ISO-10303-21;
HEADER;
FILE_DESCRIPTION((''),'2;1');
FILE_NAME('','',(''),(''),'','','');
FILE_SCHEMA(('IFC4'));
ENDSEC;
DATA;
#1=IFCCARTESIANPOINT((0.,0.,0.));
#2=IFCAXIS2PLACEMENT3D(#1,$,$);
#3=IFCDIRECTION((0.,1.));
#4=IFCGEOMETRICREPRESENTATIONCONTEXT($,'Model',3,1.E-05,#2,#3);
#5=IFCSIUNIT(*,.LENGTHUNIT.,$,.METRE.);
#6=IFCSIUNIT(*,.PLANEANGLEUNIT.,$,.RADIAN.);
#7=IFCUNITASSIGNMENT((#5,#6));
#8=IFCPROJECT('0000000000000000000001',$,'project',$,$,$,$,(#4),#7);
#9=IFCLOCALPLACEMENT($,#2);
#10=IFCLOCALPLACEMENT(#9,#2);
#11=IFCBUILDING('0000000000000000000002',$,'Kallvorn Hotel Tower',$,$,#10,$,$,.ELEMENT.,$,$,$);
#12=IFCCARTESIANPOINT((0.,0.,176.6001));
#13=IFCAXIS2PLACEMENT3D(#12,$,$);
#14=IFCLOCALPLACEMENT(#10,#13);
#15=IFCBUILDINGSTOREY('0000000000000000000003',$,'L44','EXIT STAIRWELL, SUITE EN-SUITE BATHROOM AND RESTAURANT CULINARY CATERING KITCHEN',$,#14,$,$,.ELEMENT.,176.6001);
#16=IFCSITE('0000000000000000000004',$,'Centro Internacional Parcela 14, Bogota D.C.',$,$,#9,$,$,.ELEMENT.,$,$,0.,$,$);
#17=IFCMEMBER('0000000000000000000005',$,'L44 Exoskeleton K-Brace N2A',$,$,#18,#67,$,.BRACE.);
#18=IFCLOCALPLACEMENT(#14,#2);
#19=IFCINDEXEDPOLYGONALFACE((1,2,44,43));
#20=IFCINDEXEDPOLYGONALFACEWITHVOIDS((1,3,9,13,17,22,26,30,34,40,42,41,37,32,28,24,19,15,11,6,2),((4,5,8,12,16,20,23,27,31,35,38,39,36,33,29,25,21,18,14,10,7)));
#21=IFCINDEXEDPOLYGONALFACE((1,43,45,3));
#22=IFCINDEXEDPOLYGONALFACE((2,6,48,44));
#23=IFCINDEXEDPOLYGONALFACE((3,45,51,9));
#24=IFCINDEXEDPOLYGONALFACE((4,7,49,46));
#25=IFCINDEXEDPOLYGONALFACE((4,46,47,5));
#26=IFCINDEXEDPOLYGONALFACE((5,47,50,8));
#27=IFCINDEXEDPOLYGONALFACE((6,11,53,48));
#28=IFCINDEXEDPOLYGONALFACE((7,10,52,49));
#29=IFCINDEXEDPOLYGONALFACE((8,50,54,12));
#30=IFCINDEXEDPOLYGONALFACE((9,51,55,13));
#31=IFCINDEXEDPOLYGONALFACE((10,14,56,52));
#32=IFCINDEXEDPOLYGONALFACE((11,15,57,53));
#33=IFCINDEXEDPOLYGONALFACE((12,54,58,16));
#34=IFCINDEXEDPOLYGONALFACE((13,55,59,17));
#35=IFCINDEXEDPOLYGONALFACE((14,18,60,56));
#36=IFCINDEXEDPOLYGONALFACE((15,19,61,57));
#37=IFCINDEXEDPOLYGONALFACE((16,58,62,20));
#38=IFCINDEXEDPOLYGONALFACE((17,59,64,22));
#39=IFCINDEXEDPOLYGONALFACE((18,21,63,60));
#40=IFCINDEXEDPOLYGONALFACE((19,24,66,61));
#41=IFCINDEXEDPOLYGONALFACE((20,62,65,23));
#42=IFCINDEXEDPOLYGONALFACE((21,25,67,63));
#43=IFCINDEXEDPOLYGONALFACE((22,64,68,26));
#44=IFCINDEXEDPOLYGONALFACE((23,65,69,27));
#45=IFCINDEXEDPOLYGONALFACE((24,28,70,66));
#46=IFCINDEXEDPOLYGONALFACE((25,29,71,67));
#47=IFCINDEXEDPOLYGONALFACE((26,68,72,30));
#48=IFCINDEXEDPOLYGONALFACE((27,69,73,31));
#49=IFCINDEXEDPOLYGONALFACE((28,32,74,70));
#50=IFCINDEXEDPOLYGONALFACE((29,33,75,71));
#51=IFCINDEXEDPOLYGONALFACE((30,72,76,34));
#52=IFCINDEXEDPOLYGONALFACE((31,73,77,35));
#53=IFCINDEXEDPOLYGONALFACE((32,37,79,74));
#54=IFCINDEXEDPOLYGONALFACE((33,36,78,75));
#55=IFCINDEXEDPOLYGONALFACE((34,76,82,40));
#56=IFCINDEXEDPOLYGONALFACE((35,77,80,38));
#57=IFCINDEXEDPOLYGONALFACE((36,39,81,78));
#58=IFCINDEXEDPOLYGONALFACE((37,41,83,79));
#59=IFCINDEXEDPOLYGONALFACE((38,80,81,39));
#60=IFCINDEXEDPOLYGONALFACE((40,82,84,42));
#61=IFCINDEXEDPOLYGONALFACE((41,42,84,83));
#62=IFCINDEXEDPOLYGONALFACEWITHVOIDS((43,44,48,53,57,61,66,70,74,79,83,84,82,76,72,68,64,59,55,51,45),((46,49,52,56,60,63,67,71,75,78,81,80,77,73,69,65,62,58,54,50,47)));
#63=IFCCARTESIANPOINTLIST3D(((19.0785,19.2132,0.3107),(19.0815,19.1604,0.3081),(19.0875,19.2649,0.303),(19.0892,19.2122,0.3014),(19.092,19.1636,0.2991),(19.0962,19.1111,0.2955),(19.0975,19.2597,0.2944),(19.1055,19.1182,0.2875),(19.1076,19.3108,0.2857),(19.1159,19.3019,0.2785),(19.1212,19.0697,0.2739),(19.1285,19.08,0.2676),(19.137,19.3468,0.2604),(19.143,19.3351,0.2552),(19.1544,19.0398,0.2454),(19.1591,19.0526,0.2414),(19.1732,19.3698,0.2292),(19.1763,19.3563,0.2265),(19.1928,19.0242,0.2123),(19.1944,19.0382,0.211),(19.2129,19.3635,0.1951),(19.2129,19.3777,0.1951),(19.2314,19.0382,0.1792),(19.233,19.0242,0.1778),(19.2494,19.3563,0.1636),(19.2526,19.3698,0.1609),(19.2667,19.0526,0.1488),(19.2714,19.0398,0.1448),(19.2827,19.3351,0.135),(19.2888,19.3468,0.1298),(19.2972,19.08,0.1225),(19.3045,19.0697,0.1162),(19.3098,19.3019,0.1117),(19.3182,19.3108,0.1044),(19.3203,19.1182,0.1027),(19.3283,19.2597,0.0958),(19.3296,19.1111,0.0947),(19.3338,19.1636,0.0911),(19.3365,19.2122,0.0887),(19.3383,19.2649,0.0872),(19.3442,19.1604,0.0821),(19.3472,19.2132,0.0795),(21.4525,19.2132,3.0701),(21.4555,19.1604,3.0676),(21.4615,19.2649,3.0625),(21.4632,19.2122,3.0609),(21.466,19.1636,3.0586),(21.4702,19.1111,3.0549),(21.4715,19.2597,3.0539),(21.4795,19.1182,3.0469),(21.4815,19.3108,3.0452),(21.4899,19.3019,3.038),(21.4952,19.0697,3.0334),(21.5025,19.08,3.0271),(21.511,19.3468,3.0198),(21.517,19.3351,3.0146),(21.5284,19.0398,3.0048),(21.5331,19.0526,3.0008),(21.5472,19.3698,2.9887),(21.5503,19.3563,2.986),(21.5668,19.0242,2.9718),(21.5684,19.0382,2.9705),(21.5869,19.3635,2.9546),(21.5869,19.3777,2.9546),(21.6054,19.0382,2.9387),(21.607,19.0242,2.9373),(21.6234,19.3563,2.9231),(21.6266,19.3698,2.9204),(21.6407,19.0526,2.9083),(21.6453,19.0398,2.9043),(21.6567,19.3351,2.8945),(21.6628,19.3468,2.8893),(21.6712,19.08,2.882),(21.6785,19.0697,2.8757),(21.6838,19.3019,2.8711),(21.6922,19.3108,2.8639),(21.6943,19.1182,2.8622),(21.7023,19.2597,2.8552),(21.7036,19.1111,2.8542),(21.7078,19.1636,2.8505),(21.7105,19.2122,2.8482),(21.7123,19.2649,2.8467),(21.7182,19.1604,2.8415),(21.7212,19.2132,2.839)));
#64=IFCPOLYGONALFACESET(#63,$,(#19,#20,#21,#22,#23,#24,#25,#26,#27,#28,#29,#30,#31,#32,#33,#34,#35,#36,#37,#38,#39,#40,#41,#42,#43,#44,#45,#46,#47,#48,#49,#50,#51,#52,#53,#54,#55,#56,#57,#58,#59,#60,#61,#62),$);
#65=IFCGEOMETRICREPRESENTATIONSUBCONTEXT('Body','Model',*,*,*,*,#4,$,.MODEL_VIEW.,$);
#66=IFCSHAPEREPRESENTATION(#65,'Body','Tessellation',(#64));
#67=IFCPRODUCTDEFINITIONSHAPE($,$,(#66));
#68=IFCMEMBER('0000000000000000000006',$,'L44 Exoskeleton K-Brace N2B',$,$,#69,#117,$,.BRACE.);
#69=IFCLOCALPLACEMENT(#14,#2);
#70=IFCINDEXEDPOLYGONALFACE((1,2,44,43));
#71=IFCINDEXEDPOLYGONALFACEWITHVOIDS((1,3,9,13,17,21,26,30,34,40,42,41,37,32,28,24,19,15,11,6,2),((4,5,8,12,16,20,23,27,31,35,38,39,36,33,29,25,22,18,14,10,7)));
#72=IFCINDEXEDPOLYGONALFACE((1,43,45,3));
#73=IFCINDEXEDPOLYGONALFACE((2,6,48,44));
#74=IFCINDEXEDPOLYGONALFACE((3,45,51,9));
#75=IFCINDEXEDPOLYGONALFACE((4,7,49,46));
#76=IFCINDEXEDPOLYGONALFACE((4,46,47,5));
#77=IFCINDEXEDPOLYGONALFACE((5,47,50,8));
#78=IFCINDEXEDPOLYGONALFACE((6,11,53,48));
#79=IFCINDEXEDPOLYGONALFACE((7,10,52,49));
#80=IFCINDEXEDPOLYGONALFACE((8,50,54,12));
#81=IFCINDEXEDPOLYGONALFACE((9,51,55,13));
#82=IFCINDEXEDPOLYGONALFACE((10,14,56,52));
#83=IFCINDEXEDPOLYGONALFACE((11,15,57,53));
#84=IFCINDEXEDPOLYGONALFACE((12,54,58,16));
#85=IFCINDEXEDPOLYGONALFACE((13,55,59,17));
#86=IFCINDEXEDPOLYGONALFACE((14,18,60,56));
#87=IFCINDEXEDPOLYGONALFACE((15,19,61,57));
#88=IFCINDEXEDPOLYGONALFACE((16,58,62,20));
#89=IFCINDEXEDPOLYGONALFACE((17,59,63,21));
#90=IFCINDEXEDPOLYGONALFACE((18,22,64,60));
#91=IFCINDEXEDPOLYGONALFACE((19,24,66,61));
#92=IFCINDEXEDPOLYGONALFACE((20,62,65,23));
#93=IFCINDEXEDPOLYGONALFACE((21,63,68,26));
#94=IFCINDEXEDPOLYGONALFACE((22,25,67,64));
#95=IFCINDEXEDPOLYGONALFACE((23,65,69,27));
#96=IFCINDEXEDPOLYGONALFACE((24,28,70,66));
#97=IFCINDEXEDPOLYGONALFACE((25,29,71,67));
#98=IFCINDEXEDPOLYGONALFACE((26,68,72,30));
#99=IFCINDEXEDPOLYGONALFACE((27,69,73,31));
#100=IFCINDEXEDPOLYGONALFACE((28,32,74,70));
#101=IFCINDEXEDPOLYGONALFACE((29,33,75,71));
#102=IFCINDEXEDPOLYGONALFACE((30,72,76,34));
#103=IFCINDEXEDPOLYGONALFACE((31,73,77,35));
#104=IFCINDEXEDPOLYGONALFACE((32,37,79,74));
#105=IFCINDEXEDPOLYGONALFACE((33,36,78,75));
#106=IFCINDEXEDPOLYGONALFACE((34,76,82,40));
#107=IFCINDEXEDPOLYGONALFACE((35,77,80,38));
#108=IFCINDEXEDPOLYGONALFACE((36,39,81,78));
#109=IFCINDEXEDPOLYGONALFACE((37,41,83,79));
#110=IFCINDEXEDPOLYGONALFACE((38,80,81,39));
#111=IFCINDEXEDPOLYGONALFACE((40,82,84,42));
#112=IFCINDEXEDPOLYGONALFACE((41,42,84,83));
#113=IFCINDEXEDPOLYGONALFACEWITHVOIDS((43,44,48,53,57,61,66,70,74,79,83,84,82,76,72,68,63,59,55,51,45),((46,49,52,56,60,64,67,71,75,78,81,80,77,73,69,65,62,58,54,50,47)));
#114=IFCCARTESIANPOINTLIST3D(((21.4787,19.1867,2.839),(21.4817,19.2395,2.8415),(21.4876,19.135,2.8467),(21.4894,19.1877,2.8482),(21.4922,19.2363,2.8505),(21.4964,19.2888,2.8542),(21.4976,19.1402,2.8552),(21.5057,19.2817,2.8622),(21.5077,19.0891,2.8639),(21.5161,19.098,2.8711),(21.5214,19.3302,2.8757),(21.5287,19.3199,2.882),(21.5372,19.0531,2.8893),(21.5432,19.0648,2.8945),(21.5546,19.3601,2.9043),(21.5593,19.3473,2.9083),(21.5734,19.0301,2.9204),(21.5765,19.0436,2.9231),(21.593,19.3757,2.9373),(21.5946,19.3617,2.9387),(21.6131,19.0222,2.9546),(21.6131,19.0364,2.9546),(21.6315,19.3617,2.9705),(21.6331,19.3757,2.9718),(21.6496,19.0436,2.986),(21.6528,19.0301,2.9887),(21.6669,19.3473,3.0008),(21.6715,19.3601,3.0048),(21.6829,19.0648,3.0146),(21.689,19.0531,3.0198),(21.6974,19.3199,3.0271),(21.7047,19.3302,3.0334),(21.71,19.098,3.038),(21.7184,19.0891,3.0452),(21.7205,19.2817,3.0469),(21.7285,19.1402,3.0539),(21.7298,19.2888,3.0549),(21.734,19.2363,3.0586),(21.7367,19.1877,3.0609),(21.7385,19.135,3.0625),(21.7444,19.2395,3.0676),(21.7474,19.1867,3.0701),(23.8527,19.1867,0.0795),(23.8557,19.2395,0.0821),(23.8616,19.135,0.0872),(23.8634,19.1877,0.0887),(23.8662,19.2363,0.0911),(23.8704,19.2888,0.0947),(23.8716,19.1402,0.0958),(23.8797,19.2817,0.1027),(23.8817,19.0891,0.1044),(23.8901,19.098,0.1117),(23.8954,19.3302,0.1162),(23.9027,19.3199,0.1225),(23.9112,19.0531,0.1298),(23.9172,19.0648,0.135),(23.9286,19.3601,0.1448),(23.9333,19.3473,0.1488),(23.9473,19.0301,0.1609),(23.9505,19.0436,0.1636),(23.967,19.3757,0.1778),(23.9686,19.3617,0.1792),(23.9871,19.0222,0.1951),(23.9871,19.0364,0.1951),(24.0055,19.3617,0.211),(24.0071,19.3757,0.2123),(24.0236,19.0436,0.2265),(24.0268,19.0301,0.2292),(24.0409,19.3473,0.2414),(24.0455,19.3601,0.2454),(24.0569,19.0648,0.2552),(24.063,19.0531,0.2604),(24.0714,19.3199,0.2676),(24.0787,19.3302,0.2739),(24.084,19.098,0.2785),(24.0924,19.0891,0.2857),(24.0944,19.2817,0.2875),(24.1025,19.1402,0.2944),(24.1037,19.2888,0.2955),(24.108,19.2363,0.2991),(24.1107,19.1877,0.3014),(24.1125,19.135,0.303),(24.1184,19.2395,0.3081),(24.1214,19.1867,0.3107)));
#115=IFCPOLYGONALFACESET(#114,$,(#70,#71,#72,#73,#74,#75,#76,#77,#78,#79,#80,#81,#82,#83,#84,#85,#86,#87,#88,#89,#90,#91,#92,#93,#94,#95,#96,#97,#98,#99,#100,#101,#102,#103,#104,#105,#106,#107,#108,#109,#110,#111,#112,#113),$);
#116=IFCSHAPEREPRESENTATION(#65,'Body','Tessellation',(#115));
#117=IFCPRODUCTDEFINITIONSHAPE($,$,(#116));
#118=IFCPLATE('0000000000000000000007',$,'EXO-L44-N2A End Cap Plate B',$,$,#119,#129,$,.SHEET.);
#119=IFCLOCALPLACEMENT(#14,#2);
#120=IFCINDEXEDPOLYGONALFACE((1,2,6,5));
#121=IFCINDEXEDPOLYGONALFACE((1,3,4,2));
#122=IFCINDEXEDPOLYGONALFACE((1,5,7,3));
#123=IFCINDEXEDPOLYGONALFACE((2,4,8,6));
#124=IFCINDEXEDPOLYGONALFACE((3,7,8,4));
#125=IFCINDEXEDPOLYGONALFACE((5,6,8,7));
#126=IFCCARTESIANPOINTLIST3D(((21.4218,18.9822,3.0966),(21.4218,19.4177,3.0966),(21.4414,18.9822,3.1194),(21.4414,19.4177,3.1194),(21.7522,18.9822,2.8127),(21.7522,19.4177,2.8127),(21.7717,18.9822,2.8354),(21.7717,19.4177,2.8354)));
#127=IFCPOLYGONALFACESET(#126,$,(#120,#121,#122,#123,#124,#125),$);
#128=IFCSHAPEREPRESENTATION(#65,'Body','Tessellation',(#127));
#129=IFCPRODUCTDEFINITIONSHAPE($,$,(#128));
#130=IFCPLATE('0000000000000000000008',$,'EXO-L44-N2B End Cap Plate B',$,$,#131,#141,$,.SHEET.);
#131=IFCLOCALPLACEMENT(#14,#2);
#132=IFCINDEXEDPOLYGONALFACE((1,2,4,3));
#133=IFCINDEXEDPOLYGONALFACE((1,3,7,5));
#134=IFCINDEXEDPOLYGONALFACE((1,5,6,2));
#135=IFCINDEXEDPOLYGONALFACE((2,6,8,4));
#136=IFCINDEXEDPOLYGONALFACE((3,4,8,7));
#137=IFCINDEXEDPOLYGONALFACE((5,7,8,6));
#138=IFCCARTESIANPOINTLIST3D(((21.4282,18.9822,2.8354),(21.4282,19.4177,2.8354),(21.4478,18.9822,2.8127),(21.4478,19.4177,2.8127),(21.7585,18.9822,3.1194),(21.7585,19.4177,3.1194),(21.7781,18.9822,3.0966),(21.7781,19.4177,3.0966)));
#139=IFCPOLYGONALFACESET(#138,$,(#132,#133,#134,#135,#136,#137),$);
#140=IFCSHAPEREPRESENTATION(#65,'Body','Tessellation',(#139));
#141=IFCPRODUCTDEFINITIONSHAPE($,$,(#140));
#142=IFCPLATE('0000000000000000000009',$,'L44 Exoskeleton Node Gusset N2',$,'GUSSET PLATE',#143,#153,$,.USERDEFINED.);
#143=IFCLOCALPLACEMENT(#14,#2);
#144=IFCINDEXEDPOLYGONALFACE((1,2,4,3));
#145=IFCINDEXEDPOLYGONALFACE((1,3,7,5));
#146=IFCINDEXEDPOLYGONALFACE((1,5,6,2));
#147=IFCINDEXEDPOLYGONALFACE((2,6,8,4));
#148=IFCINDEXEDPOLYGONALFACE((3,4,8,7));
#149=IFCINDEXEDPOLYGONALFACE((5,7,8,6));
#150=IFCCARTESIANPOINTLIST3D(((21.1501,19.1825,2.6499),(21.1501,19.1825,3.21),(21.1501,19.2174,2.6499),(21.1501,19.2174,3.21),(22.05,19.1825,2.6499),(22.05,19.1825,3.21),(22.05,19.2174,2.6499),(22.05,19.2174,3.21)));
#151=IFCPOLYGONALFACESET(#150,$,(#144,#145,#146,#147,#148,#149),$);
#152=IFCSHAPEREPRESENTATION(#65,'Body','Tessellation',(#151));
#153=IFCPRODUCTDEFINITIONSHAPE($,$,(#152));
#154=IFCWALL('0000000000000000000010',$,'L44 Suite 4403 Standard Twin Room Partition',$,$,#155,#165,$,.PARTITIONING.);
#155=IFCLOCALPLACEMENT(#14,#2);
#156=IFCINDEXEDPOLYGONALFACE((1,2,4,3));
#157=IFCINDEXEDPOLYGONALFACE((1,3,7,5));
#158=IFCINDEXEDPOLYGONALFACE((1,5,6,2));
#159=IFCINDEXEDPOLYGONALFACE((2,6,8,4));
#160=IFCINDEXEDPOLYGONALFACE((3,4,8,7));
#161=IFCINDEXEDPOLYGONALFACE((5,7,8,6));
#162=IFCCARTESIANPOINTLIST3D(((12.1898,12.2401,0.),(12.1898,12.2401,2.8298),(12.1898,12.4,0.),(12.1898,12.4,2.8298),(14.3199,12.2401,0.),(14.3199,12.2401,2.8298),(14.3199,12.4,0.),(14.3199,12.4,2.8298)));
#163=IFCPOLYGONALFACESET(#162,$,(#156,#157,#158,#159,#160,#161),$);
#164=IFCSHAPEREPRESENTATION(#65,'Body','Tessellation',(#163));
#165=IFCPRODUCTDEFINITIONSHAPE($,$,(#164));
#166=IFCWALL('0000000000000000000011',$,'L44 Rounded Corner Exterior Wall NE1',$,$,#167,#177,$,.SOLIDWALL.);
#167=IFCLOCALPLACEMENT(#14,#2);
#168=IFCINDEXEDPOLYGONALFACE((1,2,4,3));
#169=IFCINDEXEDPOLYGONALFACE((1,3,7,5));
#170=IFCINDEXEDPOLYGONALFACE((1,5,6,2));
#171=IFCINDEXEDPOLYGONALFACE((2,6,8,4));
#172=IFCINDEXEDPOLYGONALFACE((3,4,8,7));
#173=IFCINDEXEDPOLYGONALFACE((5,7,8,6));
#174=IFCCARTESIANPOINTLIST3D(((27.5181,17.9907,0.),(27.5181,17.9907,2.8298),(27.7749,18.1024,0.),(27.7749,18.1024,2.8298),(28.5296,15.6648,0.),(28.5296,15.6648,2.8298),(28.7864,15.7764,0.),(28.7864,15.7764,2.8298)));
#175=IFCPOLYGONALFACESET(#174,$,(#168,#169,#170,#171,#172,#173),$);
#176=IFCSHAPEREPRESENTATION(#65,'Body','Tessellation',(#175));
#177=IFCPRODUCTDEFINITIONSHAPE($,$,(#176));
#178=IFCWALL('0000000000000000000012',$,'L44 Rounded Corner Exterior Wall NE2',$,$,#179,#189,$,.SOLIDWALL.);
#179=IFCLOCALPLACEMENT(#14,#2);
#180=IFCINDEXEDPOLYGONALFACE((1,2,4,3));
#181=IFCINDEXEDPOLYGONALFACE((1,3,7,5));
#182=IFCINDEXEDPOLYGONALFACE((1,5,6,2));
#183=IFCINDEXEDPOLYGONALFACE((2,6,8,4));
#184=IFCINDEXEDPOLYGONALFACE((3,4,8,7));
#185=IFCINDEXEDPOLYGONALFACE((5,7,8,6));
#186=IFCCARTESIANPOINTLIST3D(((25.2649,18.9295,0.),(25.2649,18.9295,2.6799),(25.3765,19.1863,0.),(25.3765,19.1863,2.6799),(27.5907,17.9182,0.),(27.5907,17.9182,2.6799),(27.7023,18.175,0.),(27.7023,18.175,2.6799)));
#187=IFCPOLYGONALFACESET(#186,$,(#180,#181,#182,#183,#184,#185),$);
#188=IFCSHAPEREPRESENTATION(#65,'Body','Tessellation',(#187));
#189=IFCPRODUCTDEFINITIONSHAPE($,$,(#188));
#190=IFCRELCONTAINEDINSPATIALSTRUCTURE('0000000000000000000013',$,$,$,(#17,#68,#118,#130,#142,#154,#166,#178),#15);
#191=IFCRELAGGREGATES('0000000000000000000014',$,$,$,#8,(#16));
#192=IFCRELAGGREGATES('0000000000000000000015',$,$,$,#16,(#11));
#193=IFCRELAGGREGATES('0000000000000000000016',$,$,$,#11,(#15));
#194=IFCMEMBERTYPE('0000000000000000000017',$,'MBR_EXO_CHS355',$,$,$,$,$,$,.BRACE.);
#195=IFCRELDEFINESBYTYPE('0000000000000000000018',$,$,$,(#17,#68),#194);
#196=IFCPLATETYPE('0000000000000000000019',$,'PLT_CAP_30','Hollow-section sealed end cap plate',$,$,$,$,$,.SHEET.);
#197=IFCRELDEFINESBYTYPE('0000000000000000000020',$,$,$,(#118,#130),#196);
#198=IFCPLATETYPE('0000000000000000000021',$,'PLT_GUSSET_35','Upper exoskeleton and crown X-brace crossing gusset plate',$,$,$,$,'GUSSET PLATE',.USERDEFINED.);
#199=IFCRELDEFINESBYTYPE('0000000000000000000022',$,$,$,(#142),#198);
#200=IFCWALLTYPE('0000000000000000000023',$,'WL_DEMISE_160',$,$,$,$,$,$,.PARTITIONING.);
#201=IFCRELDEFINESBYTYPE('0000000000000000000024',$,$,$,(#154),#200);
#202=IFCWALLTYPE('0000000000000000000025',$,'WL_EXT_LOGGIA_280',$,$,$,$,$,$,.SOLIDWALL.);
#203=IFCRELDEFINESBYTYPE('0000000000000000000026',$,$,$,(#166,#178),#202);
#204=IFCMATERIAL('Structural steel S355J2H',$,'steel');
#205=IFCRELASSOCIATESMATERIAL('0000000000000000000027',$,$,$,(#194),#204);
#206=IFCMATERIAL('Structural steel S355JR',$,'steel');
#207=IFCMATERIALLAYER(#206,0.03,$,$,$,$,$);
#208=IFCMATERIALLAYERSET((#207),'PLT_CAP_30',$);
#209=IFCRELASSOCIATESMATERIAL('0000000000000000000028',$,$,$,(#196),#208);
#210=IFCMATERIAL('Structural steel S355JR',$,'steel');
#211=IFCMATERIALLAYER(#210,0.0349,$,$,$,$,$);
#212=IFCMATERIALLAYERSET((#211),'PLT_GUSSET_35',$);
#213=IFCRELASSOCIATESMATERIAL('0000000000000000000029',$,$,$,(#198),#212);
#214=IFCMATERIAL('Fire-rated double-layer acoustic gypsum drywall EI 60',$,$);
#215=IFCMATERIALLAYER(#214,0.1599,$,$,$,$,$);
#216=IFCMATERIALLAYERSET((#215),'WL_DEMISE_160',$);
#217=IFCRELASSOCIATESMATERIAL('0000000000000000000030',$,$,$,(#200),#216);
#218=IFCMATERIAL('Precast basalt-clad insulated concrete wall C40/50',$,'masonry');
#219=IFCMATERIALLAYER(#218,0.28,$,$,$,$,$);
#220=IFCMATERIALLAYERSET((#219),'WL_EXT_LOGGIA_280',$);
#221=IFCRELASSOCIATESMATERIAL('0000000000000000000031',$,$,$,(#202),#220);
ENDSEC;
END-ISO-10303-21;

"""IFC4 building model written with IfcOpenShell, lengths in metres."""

from ifc_helpers import new_model, si_unit, direction, frame, frame_2d, origin, origin_2d, place, context, subcontext, project, spatial, polyline, rectangle, hollow_circle, outline, extrude, material, layer, layer_set, material_profile, profile_set, type_object, element, save


model = new_model("IFC4")

# Units and contexts
model_context = context("Model", 3, precision=1e-05, world=origin(), true_north=direction((0.0, 1.0)))
body_context = subcontext(model_context, "Body", "Model", "MODEL_VIEW")
ifc_project = project(units=[si_unit("LENGTHUNIT", "METRE"), si_unit("PLANEANGLEUNIT", "RADIAN")], contexts=[model_context])

# Site, building, storey
site_placement = place(None, origin())
site = spatial("IfcSite", under=ifc_project, at=site_placement, Name="Centro Internacional Parcela 14, Bogota D.C.", CompositionType="ELEMENT", RefElevation=0.0)
building_placement = place(site_placement, origin())
building = spatial("IfcBuilding", under=site, at=building_placement, Name="Kallvorn Hotel Tower", CompositionType="ELEMENT")
storey_placement = place(building_placement, frame((0.0, 0.0, 176.6001)))
storey = spatial("IfcBuildingStorey", under=building, at=storey_placement, Name="L44", Description="EXIT STAIRWELL, SUITE EN-SUITE BATHROOM AND RESTAURANT CULINARY CATERING KITCHEN", CompositionType="ELEMENT", Elevation=176.6001)

# Members
ifc_material_1 = material(Name="Structural steel S355J2H", Category="steel")
ifc_material_profile_1 = material_profile(ifc_material_1, hollow_circle(Radius=0.1777, WallThickness=0.0142, at=origin_2d()), Name="CHS 355.6x14.2")
ifc_profile_set_1 = profile_set([ifc_material_profile_1], Name="Structural steel S355J2H")
member_type_1 = type_object("IfcMemberType", Name="MBR_EXO_CHS355", PredefinedType="BRACE", material=ifc_profile_set_1)
for number, where, z_axis, x_axis, name in (
    (1, (19.2129, 19.2, 0.1951), (0.652171, 0.0, 0.758072), (0.0, 1.0, 0.0), "L44 Exoskeleton K-Brace N2A"),
    (2, (23.9871, 19.2, 0.1951), (-0.652171, 0.0, 0.758072), (0.0, -1.0, 0.0), "L44 Exoskeleton K-Brace N2B"),
):
    element("IfcMember", number, at=place(storey_placement, frame(where, z_axis=z_axis, x_axis=x_axis)), inside=storey, type_object=member_type_1, Name=name, PredefinedType="BRACE", context=body_context, shape_type="SweptSolid", body=[
        extrude(hollow_circle(Radius=0.1777, WallThickness=0.0142, at=origin_2d()), origin(), (0.0, 0.0, 1.0), 3.6401),
    ])

# Plates
ifc_material_2 = material(Name="Structural steel S355JR", Category="steel")
ifc_layer_1 = layer(ifc_material_2, 0.03)
ifc_layer_set_1 = layer_set([ifc_layer_1], Name="PLT_CAP_30")
plate_type_1 = type_object("IfcPlateType", Name="PLT_CAP_30", Description="Hollow-section sealed end cap plate", PredefinedType="SHEET", material=ifc_layer_set_1)
for number, where, z_axis, x_axis, name in (
    (3, (21.7717, 18.9822, 2.8354), (0.651852, 0.0, 0.758346), (0.0, 1.0, 0.0), "EXO-L44-N2A End Cap Plate B"),
    (4, (21.4282, 19.4177, 2.8354), (-0.651852, 0.0, 0.758346), (0.0, -1.0, 0.0), "EXO-L44-N2B End Cap Plate B"),
):
    element("IfcPlate", number, at=place(storey_placement, frame(where, z_axis=z_axis, x_axis=x_axis)), inside=storey, type_object=plate_type_1, Name=name, PredefinedType="SHEET", context=body_context, shape_type="SweptSolid", body=[
        extrude(outline(polyline([(0.0, 0.0), (0.4355, 0.0), (0.4355, 0.4356), (0.0, 0.4356), (0.0, 0.0)])), origin(), (0.0, 0.0, -1.0), 0.03),
    ])
ifc_material_3 = material(Name="Structural steel S355JR", Category="steel")
ifc_layer_2 = layer(ifc_material_3, 0.0349)
ifc_layer_set_2 = layer_set([ifc_layer_2], Name="PLT_GUSSET_35")
plate_type_2 = type_object("IfcPlateType", Name="PLT_GUSSET_35", Description="Upper exoskeleton and crown X-brace crossing gusset plate", ElementType="GUSSET PLATE", PredefinedType="USERDEFINED", material=ifc_layer_set_2)
plate_placement = place(storey_placement, frame((21.6001, 19.2, 2.6499), z_axis=(0.0, 0.0, 1.0), x_axis=(1.0, 0.0, 0.0)))
element("IfcPlate", 5, at=plate_placement, inside=storey, type_object=plate_type_2, Name="L44 Exoskeleton Node Gusset N2", ObjectType="GUSSET PLATE", PredefinedType="USERDEFINED", context=body_context, shape_type="SweptSolid", body=[
    extrude(rectangle(XDim=0.8999, YDim=0.0349, at=origin_2d()), origin(), (0.0, 0.0, 1.0), 0.5601),
])

# Walls
ifc_material_4 = material(Name="Fire-rated double-layer acoustic gypsum drywall EI 60")
ifc_layer_3 = layer(ifc_material_4, 0.1599)
ifc_layer_set_3 = layer_set([ifc_layer_3], Name="WL_DEMISE_160")
wall_type_1 = type_object("IfcWallType", Name="WL_DEMISE_160", PredefinedType="PARTITIONING", material=ifc_layer_set_3)
wall_1_placement = place(storey_placement, frame((12.1899, 12.3201, 0.0), z_axis=(0.0, 0.0, 1.0), x_axis=(1.0, 0.0, 0.0)))
element("IfcWall", 6, at=wall_1_placement, inside=storey, type_object=wall_type_1, Name="L44 Suite 4403 Standard Twin Room Partition", PredefinedType="PARTITIONING", context=body_context, shape_type="SweptSolid", body=[
    extrude(rectangle(XDim=2.1301, YDim=0.1599, at=frame_2d((1.0649, 0.0))), origin(), (0.0, 0.0, 1.0), 2.8298),
])
ifc_material_5 = material(Name="Precast basalt-clad insulated concrete wall C40/50", Category="masonry")
ifc_layer_4 = layer(ifc_material_5, 0.28)
ifc_layer_set_4 = layer_set([ifc_layer_4], Name="WL_EXT_LOGGIA_280")
wall_type_2 = type_object("IfcWallType", Name="WL_EXT_LOGGIA_280", PredefinedType="SOLIDWALL", material=ifc_layer_set_4)
wall_2_placement = place(storey_placement, frame((28.658, 15.7207, 0.0), z_axis=(0.0, 0.0, 1.0), x_axis=(-0.398793, 0.917041, 0.0)))
element("IfcWall", 7, at=wall_2_placement, inside=storey, type_object=wall_type_2, Name="L44 Rounded Corner Exterior Wall NE1", PredefinedType="SOLIDWALL", context=body_context, shape_type="SweptSolid", body=[
    extrude(rectangle(XDim=2.5364, YDim=0.28, at=frame_2d((1.2681, 0.0))), origin(), (0.0, 0.0, 1.0), 2.8298),
])
wall_3_placement = place(storey_placement, frame((27.6465, 18.0466, 0.0), z_axis=(0.0, 0.0, 1.0), x_axis=(-0.917061, 0.398747, 0.0)))
element("IfcWall", 8, at=wall_3_placement, inside=storey, type_object=wall_type_2, Name="L44 Rounded Corner Exterior Wall NE2", PredefinedType="SOLIDWALL", context=body_context, shape_type="SweptSolid", body=[
    extrude(rectangle(XDim=2.5361, YDim=0.28, at=frame_2d((1.2681, 0.0))), origin(), (0.0, 0.0, 1.0), 2.6799),
])

save(model, "model.ifc")
